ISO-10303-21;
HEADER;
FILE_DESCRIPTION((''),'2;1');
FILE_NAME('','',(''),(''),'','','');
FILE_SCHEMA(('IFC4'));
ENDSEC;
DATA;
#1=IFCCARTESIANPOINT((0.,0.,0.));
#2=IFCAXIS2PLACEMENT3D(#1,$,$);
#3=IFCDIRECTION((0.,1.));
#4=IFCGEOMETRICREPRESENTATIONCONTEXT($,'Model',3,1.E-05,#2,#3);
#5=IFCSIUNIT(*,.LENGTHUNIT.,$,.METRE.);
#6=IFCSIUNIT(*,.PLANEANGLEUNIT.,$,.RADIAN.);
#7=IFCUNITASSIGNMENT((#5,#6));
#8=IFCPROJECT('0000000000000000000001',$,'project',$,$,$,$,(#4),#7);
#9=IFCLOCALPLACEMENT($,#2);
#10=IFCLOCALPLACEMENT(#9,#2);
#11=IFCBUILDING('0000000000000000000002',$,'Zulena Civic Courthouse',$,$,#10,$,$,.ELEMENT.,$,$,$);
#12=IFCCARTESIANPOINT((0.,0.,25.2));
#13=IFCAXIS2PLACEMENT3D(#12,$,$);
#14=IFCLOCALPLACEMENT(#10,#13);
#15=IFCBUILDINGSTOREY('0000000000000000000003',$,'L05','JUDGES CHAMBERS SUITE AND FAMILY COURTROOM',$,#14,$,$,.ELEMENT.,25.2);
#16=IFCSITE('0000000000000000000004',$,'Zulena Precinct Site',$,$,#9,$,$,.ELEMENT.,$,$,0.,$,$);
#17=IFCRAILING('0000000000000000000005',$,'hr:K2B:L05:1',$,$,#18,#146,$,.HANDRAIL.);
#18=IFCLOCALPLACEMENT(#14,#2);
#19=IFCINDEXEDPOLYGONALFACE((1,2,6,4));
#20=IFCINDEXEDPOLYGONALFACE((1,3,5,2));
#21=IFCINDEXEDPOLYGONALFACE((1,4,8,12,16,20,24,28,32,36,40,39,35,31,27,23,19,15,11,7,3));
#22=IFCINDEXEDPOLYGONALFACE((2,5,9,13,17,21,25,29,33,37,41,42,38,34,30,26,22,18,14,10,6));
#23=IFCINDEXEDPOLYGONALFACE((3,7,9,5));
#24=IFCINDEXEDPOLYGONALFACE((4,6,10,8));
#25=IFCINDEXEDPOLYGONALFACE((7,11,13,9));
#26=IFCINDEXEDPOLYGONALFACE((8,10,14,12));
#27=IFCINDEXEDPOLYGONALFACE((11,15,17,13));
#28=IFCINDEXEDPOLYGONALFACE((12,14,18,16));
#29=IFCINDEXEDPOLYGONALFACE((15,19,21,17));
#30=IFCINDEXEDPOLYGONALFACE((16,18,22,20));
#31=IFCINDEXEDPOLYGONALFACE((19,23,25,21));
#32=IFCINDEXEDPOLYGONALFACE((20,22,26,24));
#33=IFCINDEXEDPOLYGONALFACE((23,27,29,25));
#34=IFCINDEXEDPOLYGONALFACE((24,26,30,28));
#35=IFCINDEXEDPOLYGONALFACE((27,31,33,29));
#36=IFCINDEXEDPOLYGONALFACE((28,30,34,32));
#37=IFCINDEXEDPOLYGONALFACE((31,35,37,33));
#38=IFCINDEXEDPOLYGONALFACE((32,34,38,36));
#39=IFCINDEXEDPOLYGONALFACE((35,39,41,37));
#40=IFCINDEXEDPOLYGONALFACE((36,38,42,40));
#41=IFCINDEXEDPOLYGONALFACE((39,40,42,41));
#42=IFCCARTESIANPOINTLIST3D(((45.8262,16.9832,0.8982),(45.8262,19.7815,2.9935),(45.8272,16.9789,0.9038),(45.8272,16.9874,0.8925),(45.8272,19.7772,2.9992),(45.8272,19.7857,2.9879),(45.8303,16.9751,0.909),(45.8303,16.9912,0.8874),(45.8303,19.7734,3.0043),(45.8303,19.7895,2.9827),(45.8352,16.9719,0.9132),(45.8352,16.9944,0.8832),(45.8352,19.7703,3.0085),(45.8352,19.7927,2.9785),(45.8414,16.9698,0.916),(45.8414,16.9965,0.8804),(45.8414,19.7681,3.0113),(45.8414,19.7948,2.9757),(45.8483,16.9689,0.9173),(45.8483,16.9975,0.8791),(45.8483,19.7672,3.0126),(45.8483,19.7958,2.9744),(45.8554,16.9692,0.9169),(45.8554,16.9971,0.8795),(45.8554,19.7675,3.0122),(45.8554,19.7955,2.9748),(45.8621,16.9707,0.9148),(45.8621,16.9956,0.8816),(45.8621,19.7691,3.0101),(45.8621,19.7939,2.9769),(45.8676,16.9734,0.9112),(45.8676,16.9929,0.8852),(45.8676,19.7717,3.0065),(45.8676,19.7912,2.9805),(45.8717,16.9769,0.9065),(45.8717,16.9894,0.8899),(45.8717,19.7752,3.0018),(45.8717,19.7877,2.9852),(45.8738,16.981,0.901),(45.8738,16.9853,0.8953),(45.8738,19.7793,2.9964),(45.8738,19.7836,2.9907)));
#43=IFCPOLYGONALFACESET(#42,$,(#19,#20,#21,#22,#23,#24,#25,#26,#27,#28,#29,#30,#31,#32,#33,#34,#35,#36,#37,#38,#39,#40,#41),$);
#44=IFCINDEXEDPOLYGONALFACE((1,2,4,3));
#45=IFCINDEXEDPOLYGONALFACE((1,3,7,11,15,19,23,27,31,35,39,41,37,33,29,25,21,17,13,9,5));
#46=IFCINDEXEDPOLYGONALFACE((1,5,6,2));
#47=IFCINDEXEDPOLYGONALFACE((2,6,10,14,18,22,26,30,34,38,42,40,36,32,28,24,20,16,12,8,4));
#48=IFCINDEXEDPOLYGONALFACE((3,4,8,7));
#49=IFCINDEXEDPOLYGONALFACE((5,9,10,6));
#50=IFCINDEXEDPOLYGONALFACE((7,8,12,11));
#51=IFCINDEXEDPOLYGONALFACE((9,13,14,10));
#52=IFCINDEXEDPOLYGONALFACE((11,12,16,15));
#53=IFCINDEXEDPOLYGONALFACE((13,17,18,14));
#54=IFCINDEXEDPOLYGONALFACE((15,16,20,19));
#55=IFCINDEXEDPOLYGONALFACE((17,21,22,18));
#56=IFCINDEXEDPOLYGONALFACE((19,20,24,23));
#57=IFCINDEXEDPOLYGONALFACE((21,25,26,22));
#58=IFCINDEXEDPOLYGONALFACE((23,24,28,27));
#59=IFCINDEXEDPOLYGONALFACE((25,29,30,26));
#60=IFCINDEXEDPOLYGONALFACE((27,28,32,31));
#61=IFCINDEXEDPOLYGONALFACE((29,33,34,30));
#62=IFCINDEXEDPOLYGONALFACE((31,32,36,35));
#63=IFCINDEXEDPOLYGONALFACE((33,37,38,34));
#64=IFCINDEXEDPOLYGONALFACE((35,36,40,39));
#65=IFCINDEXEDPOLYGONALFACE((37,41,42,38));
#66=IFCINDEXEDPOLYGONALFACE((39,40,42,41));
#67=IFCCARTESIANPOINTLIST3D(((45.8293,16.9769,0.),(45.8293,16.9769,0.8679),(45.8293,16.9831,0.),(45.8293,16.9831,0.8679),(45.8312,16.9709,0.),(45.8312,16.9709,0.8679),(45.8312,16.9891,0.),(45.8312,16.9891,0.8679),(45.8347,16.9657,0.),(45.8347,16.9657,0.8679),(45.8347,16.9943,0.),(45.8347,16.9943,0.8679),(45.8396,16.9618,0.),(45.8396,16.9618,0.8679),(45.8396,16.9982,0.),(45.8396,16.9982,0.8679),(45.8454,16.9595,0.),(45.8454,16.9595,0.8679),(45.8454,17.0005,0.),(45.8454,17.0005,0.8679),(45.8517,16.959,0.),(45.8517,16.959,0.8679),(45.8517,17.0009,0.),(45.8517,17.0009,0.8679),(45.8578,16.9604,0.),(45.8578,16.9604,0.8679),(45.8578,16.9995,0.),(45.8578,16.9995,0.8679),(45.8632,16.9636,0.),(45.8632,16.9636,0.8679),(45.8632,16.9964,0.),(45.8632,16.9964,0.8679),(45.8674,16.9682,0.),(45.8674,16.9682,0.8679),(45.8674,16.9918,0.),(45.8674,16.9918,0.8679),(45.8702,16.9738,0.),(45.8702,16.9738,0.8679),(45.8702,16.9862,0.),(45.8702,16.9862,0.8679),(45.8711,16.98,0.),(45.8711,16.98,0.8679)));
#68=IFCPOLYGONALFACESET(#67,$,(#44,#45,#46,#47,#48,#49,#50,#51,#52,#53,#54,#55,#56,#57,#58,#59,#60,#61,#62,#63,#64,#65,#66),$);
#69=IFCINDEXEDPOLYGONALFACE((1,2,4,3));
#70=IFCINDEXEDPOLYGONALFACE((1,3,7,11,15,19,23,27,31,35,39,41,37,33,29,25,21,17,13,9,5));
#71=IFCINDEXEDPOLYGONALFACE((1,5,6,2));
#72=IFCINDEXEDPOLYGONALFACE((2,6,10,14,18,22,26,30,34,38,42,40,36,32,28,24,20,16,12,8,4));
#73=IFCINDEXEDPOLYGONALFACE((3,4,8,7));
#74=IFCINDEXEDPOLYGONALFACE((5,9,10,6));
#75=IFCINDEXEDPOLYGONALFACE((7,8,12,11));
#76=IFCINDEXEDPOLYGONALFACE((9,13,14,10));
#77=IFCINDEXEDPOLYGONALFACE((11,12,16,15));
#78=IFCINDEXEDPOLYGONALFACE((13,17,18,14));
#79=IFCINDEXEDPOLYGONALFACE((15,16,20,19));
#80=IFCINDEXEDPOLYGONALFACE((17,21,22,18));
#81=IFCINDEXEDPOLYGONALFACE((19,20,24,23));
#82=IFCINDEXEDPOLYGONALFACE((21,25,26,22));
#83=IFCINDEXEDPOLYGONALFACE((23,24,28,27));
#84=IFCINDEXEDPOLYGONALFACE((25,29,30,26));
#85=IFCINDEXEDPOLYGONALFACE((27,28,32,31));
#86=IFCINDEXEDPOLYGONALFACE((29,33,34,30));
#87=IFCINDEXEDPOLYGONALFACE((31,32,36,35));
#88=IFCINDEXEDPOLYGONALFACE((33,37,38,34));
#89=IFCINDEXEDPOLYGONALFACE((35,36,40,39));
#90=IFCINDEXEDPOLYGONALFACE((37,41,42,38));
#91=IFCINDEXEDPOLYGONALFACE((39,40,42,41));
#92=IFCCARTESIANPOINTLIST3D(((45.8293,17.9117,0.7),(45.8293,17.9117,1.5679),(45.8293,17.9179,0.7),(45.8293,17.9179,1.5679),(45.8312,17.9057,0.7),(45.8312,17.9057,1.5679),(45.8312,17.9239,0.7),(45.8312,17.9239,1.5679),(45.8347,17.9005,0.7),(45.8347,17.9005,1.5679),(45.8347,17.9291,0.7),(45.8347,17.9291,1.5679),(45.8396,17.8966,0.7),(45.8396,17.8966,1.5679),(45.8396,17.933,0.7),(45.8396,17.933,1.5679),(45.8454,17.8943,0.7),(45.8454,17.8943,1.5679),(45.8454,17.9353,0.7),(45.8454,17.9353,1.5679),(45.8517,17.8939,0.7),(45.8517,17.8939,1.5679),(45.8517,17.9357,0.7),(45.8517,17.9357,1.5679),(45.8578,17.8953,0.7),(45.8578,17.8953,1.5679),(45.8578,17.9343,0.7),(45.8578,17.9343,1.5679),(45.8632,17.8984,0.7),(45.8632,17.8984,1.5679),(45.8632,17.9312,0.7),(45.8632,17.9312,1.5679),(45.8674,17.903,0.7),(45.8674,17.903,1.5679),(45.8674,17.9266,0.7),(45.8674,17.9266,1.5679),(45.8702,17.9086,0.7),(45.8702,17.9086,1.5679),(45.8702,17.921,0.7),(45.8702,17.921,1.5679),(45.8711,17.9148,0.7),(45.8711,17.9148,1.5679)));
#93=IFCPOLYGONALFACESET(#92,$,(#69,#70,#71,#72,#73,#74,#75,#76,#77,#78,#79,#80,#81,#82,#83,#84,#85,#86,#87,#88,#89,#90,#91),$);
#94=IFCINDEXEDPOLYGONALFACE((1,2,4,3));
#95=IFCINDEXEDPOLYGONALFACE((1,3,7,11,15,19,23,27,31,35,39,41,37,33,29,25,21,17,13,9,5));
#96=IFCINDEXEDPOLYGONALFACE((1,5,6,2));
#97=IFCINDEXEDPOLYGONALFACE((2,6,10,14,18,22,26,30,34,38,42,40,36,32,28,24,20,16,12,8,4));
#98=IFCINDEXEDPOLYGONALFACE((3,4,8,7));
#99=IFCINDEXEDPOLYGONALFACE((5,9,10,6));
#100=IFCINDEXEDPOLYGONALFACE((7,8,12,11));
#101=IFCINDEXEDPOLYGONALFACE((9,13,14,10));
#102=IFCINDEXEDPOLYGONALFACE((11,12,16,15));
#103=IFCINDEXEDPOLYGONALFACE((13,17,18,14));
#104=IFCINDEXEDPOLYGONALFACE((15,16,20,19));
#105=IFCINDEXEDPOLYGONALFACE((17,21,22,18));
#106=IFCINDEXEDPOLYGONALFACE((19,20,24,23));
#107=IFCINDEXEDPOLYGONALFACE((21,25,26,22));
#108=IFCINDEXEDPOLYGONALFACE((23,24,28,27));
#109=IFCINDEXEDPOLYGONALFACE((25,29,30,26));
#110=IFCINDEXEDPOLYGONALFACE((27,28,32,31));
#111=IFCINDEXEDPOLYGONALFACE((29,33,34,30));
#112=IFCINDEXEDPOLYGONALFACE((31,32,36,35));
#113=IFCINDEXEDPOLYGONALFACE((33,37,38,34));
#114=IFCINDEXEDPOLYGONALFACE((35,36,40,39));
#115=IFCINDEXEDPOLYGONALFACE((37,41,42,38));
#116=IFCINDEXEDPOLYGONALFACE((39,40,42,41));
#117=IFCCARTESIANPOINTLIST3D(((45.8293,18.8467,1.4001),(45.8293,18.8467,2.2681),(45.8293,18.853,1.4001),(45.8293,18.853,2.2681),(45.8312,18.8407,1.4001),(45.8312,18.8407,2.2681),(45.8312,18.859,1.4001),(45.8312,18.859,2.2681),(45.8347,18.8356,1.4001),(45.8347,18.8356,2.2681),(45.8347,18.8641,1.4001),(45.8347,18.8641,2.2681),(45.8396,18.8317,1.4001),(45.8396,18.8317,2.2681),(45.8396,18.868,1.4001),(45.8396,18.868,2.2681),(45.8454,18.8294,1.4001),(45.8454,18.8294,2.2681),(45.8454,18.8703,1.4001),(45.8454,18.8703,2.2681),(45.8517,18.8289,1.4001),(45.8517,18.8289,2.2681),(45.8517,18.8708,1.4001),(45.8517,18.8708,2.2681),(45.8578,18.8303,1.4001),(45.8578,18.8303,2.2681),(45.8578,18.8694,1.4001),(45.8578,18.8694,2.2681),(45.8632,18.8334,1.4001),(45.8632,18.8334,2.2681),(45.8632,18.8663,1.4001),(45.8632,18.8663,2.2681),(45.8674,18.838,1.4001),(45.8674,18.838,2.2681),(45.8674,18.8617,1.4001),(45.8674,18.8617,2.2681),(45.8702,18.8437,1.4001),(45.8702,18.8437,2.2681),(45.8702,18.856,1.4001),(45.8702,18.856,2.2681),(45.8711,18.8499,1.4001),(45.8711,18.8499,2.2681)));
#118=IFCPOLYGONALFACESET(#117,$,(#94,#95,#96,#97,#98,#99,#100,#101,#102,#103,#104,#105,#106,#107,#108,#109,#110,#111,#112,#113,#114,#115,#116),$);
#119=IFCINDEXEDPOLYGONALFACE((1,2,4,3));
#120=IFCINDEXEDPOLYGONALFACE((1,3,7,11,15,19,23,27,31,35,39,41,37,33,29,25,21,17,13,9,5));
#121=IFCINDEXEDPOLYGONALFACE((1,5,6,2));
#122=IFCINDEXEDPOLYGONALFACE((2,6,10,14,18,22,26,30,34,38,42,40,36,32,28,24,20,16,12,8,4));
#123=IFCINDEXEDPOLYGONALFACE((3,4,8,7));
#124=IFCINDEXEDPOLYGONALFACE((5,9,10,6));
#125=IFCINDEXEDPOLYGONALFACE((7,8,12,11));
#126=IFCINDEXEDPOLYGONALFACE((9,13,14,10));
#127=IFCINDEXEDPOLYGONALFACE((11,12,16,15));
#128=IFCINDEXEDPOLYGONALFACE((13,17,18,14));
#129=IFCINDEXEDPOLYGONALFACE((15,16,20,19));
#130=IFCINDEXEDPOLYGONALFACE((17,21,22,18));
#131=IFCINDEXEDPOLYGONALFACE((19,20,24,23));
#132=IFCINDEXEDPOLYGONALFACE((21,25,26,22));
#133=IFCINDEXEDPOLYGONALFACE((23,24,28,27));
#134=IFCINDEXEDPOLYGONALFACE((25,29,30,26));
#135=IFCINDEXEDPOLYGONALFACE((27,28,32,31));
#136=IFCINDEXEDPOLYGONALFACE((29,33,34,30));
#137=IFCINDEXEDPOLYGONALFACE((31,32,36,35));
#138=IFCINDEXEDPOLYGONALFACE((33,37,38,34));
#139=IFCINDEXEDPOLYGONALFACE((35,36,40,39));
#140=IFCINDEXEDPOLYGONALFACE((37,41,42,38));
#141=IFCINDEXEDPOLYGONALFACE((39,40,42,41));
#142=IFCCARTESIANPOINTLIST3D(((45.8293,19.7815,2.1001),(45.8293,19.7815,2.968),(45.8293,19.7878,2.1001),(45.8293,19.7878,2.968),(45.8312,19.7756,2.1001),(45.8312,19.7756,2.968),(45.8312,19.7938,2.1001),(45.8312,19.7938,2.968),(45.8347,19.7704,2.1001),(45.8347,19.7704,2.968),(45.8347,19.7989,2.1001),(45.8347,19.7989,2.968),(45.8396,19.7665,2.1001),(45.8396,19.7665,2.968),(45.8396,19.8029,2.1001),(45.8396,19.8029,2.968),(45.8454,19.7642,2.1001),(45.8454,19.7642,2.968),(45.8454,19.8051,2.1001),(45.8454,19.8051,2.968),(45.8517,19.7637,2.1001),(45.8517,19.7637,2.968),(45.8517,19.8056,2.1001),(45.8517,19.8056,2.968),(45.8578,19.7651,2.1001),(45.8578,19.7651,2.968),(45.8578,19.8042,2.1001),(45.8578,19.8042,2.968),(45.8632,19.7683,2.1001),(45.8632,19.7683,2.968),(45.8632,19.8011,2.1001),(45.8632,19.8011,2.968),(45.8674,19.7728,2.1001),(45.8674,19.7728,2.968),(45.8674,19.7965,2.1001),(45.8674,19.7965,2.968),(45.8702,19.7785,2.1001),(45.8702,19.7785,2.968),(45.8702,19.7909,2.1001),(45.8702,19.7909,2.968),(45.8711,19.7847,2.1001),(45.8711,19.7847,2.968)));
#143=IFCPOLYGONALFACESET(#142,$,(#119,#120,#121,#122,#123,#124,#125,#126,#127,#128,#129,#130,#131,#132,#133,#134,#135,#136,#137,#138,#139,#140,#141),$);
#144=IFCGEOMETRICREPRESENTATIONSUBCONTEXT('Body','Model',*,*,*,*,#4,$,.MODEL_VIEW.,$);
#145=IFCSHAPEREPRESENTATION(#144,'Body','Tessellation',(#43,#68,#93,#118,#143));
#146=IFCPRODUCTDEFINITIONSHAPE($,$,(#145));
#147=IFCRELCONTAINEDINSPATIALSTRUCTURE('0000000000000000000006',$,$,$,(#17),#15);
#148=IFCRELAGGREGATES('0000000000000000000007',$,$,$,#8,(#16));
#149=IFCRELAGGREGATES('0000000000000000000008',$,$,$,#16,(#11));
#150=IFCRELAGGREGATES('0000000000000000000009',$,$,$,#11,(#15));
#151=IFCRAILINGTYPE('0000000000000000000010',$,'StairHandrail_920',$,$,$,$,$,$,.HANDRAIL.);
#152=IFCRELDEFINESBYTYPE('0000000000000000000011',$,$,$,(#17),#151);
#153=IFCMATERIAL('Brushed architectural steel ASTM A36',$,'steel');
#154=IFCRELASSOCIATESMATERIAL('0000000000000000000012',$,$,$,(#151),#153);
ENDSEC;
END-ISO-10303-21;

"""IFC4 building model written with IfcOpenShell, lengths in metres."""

from ifc_helpers import new_model, si_unit, direction, frame, origin, origin_2d, place, context, subcontext, project, spatial, circle, extrude, material, type_object, element, save


model = new_model("IFC4")

# Units and contexts
model_context = context("Model", 3, precision=1e-05, world=origin(), true_north=direction((0.0, 1.0)))
body_context = subcontext(model_context, "Body", "Model", "MODEL_VIEW")
ifc_project = project(units=[si_unit("LENGTHUNIT", "METRE"), si_unit("PLANEANGLEUNIT", "RADIAN")], contexts=[model_context])

# Site, building, storey
site_placement = place(None, origin())
site = spatial("IfcSite", under=ifc_project, at=site_placement, Name="Zulena Precinct Site", CompositionType="ELEMENT", RefElevation=0.0)
building_placement = place(site_placement, origin())
building = spatial("IfcBuilding", under=site, at=building_placement, Name="Zulena Civic Courthouse", CompositionType="ELEMENT")
storey_placement = place(building_placement, frame((0.0, 0.0, 25.2)))
storey = spatial("IfcBuildingStorey", under=building, at=storey_placement, Name="L05", Description="JUDGES CHAMBERS SUITE AND FAMILY COURTROOM", CompositionType="ELEMENT", Elevation=25.2)

# Railing
ifc_material_1 = material(Name="Brushed architectural steel ASTM A36", Category="steel")
railing_type_1 = type_object("IfcRailingType", Name="StairHandrail_920", PredefinedType="HANDRAIL", material=ifc_material_1)
railing_1_placement = place(storey_placement, frame((45.8501, 16.98, 0.0)))
element("IfcRailing", 1, at=railing_1_placement, inside=storey, type_object=railing_type_1, Name="hr:K2B:L05:1", PredefinedType="HANDRAIL", context=body_context, shape_type="SweptSolid", body=[
    extrude(circle(Radius=0.0239, at=origin_2d()), frame((0.0, 0.0032, 0.8982), z_axis=(0.0, 0.800468, 0.599375), x_axis=(-1.0, 0.0, 0.0)), (0.0, 0.0, 1.0), 3.4958),
    extrude(circle(Radius=0.021, at=origin_2d()), origin(), (0.0, 0.0, 1.0), 0.8679),
    extrude(circle(Radius=0.021, at=origin_2d()), frame((0.0, 0.9348, 0.7)), (0.0, 0.0, 1.0), 0.8679),
    extrude(circle(Radius=0.021, at=origin_2d()), frame((0.0, 1.8699, 1.4001)), (0.0, 0.0, 1.0), 0.8679),
    extrude(circle(Radius=0.021, at=origin_2d()), frame((0.0, 2.8047, 2.1001)), (0.0, 0.0, 1.0), 0.8679),
])

save(model, "model.ifc")
